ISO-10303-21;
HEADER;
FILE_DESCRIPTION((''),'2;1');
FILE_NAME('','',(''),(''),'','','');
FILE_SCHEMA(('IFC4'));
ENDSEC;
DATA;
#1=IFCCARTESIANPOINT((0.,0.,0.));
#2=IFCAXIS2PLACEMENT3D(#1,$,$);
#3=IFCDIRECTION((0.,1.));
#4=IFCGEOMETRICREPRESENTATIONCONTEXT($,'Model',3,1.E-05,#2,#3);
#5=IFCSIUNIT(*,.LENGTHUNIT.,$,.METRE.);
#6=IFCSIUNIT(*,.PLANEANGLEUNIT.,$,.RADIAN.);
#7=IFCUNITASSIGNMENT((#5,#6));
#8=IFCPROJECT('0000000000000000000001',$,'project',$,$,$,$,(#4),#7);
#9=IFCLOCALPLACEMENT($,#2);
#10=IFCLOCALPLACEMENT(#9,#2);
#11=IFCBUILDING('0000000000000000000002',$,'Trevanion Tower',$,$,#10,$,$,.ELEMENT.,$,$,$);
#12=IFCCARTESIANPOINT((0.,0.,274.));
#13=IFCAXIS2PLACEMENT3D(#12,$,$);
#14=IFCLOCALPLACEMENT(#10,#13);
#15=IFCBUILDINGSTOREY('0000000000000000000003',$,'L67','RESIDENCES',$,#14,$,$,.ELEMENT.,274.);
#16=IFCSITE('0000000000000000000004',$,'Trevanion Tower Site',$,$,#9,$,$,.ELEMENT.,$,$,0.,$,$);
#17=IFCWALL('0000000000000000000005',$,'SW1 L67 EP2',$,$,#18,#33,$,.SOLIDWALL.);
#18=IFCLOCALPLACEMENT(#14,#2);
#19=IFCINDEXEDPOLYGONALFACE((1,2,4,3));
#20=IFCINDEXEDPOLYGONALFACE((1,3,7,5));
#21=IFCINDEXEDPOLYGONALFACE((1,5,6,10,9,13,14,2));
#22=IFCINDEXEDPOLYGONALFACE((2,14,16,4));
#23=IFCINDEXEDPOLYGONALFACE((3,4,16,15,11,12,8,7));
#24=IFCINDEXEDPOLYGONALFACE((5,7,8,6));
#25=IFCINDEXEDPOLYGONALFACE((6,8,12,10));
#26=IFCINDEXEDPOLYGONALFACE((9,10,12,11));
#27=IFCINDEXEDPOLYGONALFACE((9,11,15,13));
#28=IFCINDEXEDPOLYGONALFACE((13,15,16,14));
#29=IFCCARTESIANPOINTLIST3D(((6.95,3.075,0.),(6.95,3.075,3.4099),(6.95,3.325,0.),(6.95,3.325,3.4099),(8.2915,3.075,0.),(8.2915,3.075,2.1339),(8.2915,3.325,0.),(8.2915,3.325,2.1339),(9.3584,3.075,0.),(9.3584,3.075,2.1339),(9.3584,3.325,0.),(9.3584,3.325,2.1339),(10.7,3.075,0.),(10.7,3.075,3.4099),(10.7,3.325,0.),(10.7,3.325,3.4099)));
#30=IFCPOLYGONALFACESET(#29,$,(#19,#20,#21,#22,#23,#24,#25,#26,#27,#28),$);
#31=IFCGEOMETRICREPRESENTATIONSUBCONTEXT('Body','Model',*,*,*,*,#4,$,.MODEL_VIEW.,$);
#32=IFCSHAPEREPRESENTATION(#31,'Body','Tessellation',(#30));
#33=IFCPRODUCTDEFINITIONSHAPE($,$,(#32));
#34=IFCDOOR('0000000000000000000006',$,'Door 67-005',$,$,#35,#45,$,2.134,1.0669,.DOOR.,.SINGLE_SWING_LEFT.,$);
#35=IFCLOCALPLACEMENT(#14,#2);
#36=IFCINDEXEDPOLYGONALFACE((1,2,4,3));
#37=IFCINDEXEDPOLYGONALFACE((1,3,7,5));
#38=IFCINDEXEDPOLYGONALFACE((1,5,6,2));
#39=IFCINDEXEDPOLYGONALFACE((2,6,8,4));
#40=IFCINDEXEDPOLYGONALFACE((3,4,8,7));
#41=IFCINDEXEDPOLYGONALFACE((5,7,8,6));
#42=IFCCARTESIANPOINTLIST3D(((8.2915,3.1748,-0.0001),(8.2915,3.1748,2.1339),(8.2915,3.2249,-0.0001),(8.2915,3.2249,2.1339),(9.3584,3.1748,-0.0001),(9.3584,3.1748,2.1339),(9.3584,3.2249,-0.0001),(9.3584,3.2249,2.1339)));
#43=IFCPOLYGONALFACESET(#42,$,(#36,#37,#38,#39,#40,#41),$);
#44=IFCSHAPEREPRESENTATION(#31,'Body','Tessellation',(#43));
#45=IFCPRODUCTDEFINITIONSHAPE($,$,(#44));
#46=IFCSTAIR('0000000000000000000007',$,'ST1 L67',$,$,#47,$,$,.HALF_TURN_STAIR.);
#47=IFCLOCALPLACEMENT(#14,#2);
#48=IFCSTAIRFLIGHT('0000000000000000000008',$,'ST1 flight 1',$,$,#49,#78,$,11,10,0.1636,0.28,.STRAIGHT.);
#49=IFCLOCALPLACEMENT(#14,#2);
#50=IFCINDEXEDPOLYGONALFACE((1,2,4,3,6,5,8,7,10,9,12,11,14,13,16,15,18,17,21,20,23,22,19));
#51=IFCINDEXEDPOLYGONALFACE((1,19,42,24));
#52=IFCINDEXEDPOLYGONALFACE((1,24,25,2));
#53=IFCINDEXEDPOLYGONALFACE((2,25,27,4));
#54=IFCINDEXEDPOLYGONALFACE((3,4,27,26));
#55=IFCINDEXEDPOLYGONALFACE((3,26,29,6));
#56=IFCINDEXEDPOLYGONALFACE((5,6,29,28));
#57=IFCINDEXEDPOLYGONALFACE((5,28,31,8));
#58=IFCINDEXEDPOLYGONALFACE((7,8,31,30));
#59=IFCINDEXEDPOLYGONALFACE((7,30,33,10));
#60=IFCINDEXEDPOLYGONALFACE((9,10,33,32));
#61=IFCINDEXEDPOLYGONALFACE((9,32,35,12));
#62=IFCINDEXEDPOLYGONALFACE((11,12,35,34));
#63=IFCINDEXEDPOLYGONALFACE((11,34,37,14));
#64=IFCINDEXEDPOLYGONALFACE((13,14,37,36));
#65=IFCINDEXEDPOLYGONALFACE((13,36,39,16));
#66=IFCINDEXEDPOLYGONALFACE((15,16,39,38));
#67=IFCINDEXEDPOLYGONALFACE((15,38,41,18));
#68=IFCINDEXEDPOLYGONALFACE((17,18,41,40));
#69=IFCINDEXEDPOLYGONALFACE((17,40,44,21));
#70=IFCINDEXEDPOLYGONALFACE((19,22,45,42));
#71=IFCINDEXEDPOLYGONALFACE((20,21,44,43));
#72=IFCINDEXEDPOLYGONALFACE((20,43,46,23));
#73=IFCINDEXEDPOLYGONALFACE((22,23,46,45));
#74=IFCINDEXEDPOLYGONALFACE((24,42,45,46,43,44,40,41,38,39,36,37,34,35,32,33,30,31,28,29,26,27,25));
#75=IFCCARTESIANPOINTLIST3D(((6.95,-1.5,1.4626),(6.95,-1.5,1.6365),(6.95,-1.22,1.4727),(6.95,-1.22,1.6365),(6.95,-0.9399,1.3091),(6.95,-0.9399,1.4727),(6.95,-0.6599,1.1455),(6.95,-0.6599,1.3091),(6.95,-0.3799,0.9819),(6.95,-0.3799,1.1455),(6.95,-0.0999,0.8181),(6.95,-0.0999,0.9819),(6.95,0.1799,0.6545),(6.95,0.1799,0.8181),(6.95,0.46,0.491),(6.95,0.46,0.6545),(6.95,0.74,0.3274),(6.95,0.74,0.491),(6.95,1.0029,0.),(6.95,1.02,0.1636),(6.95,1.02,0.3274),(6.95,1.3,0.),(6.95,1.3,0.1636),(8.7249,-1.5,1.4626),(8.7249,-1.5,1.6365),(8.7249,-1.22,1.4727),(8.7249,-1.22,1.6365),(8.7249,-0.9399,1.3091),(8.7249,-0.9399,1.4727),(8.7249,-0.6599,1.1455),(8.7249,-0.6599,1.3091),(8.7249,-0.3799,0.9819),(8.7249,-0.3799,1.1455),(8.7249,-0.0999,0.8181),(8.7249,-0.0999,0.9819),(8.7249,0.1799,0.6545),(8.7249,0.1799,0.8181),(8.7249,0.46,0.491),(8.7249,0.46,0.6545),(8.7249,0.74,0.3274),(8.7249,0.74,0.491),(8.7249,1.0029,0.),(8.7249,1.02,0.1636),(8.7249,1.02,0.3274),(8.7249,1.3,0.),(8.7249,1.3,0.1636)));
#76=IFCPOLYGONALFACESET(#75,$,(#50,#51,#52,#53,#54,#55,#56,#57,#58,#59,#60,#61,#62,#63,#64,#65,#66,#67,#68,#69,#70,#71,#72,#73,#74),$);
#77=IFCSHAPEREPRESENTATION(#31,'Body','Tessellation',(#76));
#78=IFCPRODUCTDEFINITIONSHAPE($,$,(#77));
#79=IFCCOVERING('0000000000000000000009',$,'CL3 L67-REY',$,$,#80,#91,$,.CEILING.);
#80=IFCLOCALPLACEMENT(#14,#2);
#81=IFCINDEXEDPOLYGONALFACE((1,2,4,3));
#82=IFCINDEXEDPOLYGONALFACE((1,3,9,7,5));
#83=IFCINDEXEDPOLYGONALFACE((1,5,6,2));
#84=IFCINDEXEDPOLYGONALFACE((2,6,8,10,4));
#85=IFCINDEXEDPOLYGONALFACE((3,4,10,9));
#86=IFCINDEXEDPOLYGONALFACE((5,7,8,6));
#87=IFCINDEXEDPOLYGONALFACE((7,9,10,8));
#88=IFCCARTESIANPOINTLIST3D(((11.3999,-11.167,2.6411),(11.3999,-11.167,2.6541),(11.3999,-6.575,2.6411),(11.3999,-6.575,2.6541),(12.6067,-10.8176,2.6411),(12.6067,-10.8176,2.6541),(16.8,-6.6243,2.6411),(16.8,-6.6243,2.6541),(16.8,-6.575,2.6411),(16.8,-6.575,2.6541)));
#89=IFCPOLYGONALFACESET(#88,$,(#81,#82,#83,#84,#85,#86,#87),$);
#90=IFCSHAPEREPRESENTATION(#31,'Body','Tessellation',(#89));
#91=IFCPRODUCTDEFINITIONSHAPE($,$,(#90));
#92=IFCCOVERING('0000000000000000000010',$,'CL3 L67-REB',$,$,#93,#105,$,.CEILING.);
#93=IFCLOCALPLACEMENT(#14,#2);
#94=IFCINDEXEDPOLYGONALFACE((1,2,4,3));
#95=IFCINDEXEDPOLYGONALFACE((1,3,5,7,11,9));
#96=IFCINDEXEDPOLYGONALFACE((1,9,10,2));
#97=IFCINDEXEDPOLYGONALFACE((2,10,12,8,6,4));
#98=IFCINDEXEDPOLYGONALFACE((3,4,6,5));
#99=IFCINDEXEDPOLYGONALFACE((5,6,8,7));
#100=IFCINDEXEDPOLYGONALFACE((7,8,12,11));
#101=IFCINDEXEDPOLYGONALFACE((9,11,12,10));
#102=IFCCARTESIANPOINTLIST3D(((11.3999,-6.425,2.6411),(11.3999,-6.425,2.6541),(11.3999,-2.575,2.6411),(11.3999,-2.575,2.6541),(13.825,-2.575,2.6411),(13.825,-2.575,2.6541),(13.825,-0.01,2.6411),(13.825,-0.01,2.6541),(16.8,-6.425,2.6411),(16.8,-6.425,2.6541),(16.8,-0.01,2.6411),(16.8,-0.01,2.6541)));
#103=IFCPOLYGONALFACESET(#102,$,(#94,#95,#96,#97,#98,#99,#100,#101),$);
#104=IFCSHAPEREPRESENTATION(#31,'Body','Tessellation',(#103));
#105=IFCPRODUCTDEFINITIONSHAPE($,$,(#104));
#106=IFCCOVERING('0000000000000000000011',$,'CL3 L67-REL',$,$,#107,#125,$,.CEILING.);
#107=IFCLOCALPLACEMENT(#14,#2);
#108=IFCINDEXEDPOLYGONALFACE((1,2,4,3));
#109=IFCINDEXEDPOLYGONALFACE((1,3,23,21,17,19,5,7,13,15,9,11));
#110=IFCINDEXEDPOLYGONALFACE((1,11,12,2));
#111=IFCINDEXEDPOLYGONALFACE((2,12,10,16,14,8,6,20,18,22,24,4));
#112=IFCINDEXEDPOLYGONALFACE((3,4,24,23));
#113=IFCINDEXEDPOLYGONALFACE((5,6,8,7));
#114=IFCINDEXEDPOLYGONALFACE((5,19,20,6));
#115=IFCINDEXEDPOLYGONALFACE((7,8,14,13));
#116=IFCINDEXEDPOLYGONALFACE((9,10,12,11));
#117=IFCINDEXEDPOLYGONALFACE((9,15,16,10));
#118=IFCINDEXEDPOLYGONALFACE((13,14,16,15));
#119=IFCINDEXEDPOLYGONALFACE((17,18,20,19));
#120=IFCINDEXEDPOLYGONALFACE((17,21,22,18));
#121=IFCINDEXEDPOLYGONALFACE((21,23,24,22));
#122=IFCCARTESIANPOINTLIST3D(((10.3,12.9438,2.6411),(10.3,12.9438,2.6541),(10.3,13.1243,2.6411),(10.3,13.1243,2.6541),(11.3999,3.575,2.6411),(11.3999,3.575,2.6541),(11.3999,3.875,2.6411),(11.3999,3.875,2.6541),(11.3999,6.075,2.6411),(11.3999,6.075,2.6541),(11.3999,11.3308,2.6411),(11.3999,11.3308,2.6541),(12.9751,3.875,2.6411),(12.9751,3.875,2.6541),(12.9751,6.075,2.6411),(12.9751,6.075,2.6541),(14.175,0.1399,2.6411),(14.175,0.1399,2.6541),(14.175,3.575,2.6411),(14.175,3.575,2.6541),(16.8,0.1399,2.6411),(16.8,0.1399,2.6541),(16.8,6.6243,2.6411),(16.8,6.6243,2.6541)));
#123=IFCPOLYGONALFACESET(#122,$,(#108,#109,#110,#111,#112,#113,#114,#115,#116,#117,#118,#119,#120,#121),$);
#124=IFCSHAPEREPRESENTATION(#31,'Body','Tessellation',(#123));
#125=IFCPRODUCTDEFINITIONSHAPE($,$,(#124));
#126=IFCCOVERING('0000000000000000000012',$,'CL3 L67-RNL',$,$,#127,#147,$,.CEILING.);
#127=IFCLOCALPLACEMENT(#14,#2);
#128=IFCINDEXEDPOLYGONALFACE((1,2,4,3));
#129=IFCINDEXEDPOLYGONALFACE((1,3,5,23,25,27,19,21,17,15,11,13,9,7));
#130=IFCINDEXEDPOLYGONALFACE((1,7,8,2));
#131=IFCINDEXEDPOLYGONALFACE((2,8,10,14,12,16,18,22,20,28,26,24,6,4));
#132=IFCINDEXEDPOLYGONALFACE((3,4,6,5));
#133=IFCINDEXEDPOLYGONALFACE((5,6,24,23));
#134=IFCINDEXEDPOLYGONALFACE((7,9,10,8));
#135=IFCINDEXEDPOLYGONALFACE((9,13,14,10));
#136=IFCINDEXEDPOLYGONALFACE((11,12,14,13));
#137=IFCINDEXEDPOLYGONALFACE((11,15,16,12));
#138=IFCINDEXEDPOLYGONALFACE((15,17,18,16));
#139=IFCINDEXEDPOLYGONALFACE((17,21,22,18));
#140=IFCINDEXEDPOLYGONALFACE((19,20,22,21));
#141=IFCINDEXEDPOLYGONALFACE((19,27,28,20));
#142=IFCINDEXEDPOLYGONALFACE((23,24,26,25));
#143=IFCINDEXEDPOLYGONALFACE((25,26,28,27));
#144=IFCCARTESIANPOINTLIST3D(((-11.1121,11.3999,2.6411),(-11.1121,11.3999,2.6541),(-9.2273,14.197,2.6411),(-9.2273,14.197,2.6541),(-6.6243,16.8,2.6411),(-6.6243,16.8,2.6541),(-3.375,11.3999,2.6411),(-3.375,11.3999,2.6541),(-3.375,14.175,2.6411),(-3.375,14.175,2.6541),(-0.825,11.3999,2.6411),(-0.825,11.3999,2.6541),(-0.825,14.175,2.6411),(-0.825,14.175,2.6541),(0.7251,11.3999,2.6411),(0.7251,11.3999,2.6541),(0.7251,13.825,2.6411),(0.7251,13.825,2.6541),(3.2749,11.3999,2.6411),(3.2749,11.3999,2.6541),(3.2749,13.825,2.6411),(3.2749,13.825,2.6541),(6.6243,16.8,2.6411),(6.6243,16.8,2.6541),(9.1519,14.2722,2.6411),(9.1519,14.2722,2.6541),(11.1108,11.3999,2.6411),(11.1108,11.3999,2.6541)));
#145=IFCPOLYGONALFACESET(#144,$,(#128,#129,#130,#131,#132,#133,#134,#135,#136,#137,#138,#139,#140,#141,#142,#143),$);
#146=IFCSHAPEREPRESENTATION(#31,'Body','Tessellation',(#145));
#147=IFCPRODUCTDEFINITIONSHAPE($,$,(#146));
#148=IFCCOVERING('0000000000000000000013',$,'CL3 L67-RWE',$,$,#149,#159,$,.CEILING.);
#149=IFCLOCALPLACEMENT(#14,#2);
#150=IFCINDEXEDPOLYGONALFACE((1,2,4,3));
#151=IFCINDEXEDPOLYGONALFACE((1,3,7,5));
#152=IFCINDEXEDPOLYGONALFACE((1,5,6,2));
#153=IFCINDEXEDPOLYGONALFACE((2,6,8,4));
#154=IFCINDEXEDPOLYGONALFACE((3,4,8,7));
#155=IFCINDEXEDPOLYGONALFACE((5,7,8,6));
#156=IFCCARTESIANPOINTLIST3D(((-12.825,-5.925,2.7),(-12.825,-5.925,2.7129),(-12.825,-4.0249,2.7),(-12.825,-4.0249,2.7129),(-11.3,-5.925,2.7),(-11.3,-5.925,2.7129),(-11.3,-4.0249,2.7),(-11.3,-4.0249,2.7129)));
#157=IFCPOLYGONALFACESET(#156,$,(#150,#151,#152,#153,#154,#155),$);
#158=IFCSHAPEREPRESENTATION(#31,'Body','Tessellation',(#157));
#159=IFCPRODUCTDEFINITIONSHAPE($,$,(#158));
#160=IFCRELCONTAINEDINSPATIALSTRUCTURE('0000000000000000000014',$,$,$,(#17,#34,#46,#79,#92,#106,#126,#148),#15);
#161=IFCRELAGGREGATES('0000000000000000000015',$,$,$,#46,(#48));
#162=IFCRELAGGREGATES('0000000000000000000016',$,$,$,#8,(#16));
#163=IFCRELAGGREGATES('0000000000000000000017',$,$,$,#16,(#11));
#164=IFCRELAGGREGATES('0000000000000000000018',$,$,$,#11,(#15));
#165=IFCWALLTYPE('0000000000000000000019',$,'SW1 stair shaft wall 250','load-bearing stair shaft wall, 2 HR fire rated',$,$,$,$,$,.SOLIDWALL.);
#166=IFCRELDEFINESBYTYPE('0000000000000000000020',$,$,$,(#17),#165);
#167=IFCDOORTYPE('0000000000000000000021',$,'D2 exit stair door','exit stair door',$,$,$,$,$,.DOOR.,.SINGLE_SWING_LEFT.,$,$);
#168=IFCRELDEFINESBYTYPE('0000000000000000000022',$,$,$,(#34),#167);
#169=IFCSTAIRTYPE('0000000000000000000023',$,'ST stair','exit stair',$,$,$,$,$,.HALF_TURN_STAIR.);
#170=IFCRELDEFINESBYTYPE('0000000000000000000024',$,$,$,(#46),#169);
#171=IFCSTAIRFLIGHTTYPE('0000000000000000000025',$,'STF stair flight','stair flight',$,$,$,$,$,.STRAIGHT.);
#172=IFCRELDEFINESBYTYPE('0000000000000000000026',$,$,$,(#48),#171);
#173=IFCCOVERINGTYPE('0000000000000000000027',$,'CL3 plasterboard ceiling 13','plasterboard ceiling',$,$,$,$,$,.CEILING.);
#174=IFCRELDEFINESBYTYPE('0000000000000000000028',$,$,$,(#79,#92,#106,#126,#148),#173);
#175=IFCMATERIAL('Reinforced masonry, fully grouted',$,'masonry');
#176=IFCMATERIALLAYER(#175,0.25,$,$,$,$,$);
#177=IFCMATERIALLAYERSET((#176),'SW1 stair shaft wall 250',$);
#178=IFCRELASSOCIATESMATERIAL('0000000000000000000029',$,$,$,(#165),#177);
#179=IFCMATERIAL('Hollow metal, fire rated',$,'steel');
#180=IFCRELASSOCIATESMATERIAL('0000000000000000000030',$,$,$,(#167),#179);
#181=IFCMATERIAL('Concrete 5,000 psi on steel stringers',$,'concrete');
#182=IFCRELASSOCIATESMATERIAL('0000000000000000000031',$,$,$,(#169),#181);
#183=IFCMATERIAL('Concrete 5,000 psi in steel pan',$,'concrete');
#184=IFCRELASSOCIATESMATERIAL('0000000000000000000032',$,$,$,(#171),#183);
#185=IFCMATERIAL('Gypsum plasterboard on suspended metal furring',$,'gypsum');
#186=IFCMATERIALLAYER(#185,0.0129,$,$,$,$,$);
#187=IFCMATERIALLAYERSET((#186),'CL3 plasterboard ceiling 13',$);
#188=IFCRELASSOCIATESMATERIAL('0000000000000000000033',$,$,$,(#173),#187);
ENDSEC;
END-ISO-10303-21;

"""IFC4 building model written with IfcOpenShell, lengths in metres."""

from ifc_helpers import new_model, si_unit, direction, frame, frame_2d, origin, place, context, subcontext, project, spatial, polyline, rectangle, outline, extrude, material, layer, layer_set, type_object, element, fill, aggregate, save


model = new_model("IFC4")

# Units and contexts
model_context = context("Model", 3, precision=1e-05, world=origin(), true_north=direction((0.0, 1.0)))
body_context = subcontext(model_context, "Body", "Model", "MODEL_VIEW")
ifc_project = project(units=[si_unit("LENGTHUNIT", "METRE"), si_unit("PLANEANGLEUNIT", "RADIAN")], contexts=[model_context])

# Site, building, storey
site_placement = place(None, origin())
site = spatial("IfcSite", under=ifc_project, at=site_placement, Name="Trevanion Tower Site", CompositionType="ELEMENT", RefElevation=0.0)
building_placement = place(site_placement, origin())
building = spatial("IfcBuilding", under=site, at=building_placement, Name="Trevanion Tower", CompositionType="ELEMENT")
storey_placement = place(building_placement, frame((0.0, 0.0, 274.0)))
storey = spatial("IfcBuildingStorey", under=building, at=storey_placement, Name="L67", Description="RESIDENCES", CompositionType="ELEMENT", Elevation=274.0)

# Wall, opening, door
ifc_material_1 = material(Name="Reinforced masonry, fully grouted", Category="masonry")
ifc_layer_1 = layer(ifc_material_1, 0.25)
ifc_layer_set_1 = layer_set([ifc_layer_1], Name="SW1 stair shaft wall 250")
wall_type_1 = type_object("IfcWallType", Name="SW1 stair shaft wall 250", Description="load-bearing stair shaft wall, 2 HR fire rated", PredefinedType="SOLIDWALL", material=ifc_layer_set_1)
wall_1_placement = place(storey_placement, frame((6.95, 3.2, 0.0), z_axis=(0.0, 0.0, 1.0), x_axis=(1.0, 0.0, 0.0)))
wall_1 = element("IfcWall", 1, at=wall_1_placement, inside=storey, type_object=wall_type_1, Name="SW1 L67 EP2", PredefinedType="SOLIDWALL", context=body_context, shape_type="SweptSolid", body=[
    extrude(rectangle(XDim=3.75, YDim=0.25, at=frame_2d((1.875, 0.0))), origin(), (0.0, 0.0, 1.0), 3.4099),
])
opening_1_placement = place(wall_1_placement, frame((1.3416, 0.0, 0.0)))
opening_1 = element("IfcOpeningElement", 2, at=opening_1_placement, cuts=wall_1, PredefinedType="OPENING", context=body_context, shape_type="SweptSolid", body=[
    extrude(rectangle(XDim=1.0669, YDim=2.134, at=frame_2d((0.5334, 1.0669))), frame((0.0, 0.135, 0.0), z_axis=(0.0, -1.0, 0.0), x_axis=(1.0, 0.0, 0.0)), (0.0, 0.0, 1.0), 0.27),
])
ifc_material_2 = material(Name="Hollow metal, fire rated", Category="steel")
door_type_1 = type_object("IfcDoorType", Name="D2 exit stair door", Description="exit stair door", OperationType="SINGLE_SWING_LEFT", PredefinedType="DOOR", material=ifc_material_2)
door_1_placement = place(opening_1_placement, origin())
door_1 = element("IfcDoor", 3, at=door_1_placement, inside=storey, type_object=door_type_1, Name="Door 67-005", OperationType="SINGLE_SWING_LEFT", OverallHeight=2.134, OverallWidth=1.0669, PredefinedType="DOOR", context=body_context, shape_type="SweptSolid", body=[
    extrude(rectangle(XDim=1.0669, YDim=2.134, at=frame_2d((0.5334, 1.0669))), frame((0.0, 0.0249, 0.0), z_axis=(0.0, -1.0, 0.0), x_axis=(1.0, 0.0, 0.0)), (0.0, 0.0, 1.0), 0.05),
])
fill(opening_1, door_1)

# Stair, stair flight
ifc_material_3 = material(Name="Concrete 5,000 psi on steel stringers", Category="concrete")
stair_type = type_object("IfcStairType", Name="ST stair", Description="exit stair", PredefinedType="HALF_TURN_STAIR", material=ifc_material_3)
stair_placement = place(storey_placement, origin())
stair = element("IfcStair", 4, at=stair_placement, inside=storey, type_object=stair_type, Name="ST1 L67", PredefinedType="HALF_TURN_STAIR")
ifc_material_4 = material(Name="Concrete 5,000 psi in steel pan", Category="concrete")
stair_flight_type = type_object("IfcStairFlightType", Name="STF stair flight", Description="stair flight", PredefinedType="STRAIGHT", material=ifc_material_4)
stair_flight_placement = place(storey_placement, frame((7.8374, 1.3, 0.0), z_axis=(0.0, 0.0, 1.0), x_axis=(0.0, -1.0, 0.0)))
stair_flight = element("IfcStairFlight", 5, at=stair_flight_placement, type_object=stair_flight_type, Name="ST1 flight 1", NumberOfRisers=11, NumberOfTreads=10, PredefinedType="STRAIGHT", RiserHeight=0.1636, TreadLength=0.28, context=body_context, shape_type="SweptSolid", body=[
    extrude(outline(polyline([(0.0, 0.0), (0.0, 0.1636), (0.28, 0.1636), (0.28, 0.3274), (0.5601, 0.3274), (0.5601, 0.491), (0.8401, 0.491), (0.8401, 0.6545), (1.1201, 0.6545), (1.1201, 0.8181), (1.3999, 0.8181), (1.3999, 0.9819), (1.6799, 0.9819), (1.6799, 1.1455), (1.96, 1.1455), (1.96, 1.3091), (2.24, 1.3091), (2.24, 1.4727), (2.52, 1.4727), (2.52, 1.6365), (2.8, 1.6365), (2.8, 1.8), (2.8, 1.4626), (0.2971, 0.0), (0.0, 0.0)])), frame((0.0, 0.8875, 0.0), z_axis=(0.0, -1.0, 0.0), x_axis=(1.0, 0.0, 0.0)), (0.0, 0.0, 1.0), 1.7749),
])
aggregate(stair, [stair_flight])

# Coverings
ifc_material_5 = material(Name="Gypsum plasterboard on suspended metal furring", Category="gypsum")
ifc_layer_2 = layer(ifc_material_5, 0.0129)
ifc_layer_set_2 = layer_set([ifc_layer_2], Name="CL3 plasterboard ceiling 13")
covering_type_1 = type_object("IfcCoveringType", Name="CL3 plasterboard ceiling 13", Description="plasterboard ceiling", PredefinedType="CEILING", material=ifc_layer_set_2)
covering_1_placement = place(storey_placement, frame((0.0, 0.0, 2.6411)))
element("IfcCovering", 6, at=covering_1_placement, inside=storey, type_object=covering_type_1, Name="CL3 L67-REY", PredefinedType="CEILING", context=body_context, shape_type="SweptSolid", body=[
    extrude(outline(polyline([(12.6067, -10.8176), (11.3999, -11.167), (11.3999, -6.575), (16.8, -6.575), (16.8, -6.6243), (12.6067, -10.8176)])), origin(), (0.0, 0.0, 1.0), 0.0129),
])
covering_2_placement = place(storey_placement, frame((0.0, 0.0, 2.6411)))
element("IfcCovering", 7, at=covering_2_placement, inside=storey, type_object=covering_type_1, Name="CL3 L67-REB", PredefinedType="CEILING", context=body_context, shape_type="SweptSolid", body=[
    extrude(outline(polyline([(11.3999, -6.425), (11.3999, -2.575), (13.825, -2.575), (13.825, -0.01), (16.8, -0.01), (16.8, -6.425), (11.3999, -6.425)])), origin(), (0.0, 0.0, 1.0), 0.0129),
])
covering_3_placement = place(storey_placement, frame((0.0, 0.0, 2.6411)))
element("IfcCovering", 8, at=covering_3_placement, inside=storey, type_object=covering_type_1, Name="CL3 L67-REL", PredefinedType="CEILING", context=body_context, shape_type="SweptSolid", body=[
    extrude(outline(polyline([(14.175, 0.1399), (14.175, 3.575), (11.3999, 3.575), (11.3999, 3.875), (12.9751, 3.875), (12.9751, 6.075), (11.3999, 6.075), (11.3999, 11.3308), (10.3, 12.9438), (10.3, 13.1243), (16.8, 6.6243), (16.8, 0.1399), (14.175, 0.1399)])), origin(), (0.0, 0.0, 1.0), 0.0129),
])
covering_4_placement = place(storey_placement, frame((0.0, 0.0, 2.6411)))
element("IfcCovering", 9, at=covering_4_placement, inside=storey, type_object=covering_type_1, Name="CL3 L67-RNL", PredefinedType="CEILING", context=body_context, shape_type="SweptSolid", body=[
    extrude(outline(polyline([(9.1519, 14.2722), (11.1108, 11.3999), (3.2749, 11.3999), (3.2749, 13.825), (0.7251, 13.825), (0.7251, 11.3999), (-0.825, 11.3999), (-0.825, 14.175), (-3.375, 14.175), (-3.375, 11.3999), (-11.1121, 11.3999), (-9.2273, 14.197), (-6.6243, 16.8), (6.6243, 16.8), (9.1519, 14.2722)])), origin(), (0.0, 0.0, 1.0), 0.0129),
])
covering_5_placement = place(storey_placement, frame((0.0, 0.0, 2.7)))
element("IfcCovering", 10, at=covering_5_placement, inside=storey, type_object=covering_type_1, Name="CL3 L67-RWE", PredefinedType="CEILING", context=body_context, shape_type="SweptSolid", body=[
    extrude(outline(polyline([(-12.825, -4.0249), (-12.825, -5.925), (-11.3, -5.925), (-11.3, -4.0249), (-12.825, -4.0249)])), origin(), (0.0, 0.0, 1.0), 0.0129),
])

save(model, "model.ifc")
